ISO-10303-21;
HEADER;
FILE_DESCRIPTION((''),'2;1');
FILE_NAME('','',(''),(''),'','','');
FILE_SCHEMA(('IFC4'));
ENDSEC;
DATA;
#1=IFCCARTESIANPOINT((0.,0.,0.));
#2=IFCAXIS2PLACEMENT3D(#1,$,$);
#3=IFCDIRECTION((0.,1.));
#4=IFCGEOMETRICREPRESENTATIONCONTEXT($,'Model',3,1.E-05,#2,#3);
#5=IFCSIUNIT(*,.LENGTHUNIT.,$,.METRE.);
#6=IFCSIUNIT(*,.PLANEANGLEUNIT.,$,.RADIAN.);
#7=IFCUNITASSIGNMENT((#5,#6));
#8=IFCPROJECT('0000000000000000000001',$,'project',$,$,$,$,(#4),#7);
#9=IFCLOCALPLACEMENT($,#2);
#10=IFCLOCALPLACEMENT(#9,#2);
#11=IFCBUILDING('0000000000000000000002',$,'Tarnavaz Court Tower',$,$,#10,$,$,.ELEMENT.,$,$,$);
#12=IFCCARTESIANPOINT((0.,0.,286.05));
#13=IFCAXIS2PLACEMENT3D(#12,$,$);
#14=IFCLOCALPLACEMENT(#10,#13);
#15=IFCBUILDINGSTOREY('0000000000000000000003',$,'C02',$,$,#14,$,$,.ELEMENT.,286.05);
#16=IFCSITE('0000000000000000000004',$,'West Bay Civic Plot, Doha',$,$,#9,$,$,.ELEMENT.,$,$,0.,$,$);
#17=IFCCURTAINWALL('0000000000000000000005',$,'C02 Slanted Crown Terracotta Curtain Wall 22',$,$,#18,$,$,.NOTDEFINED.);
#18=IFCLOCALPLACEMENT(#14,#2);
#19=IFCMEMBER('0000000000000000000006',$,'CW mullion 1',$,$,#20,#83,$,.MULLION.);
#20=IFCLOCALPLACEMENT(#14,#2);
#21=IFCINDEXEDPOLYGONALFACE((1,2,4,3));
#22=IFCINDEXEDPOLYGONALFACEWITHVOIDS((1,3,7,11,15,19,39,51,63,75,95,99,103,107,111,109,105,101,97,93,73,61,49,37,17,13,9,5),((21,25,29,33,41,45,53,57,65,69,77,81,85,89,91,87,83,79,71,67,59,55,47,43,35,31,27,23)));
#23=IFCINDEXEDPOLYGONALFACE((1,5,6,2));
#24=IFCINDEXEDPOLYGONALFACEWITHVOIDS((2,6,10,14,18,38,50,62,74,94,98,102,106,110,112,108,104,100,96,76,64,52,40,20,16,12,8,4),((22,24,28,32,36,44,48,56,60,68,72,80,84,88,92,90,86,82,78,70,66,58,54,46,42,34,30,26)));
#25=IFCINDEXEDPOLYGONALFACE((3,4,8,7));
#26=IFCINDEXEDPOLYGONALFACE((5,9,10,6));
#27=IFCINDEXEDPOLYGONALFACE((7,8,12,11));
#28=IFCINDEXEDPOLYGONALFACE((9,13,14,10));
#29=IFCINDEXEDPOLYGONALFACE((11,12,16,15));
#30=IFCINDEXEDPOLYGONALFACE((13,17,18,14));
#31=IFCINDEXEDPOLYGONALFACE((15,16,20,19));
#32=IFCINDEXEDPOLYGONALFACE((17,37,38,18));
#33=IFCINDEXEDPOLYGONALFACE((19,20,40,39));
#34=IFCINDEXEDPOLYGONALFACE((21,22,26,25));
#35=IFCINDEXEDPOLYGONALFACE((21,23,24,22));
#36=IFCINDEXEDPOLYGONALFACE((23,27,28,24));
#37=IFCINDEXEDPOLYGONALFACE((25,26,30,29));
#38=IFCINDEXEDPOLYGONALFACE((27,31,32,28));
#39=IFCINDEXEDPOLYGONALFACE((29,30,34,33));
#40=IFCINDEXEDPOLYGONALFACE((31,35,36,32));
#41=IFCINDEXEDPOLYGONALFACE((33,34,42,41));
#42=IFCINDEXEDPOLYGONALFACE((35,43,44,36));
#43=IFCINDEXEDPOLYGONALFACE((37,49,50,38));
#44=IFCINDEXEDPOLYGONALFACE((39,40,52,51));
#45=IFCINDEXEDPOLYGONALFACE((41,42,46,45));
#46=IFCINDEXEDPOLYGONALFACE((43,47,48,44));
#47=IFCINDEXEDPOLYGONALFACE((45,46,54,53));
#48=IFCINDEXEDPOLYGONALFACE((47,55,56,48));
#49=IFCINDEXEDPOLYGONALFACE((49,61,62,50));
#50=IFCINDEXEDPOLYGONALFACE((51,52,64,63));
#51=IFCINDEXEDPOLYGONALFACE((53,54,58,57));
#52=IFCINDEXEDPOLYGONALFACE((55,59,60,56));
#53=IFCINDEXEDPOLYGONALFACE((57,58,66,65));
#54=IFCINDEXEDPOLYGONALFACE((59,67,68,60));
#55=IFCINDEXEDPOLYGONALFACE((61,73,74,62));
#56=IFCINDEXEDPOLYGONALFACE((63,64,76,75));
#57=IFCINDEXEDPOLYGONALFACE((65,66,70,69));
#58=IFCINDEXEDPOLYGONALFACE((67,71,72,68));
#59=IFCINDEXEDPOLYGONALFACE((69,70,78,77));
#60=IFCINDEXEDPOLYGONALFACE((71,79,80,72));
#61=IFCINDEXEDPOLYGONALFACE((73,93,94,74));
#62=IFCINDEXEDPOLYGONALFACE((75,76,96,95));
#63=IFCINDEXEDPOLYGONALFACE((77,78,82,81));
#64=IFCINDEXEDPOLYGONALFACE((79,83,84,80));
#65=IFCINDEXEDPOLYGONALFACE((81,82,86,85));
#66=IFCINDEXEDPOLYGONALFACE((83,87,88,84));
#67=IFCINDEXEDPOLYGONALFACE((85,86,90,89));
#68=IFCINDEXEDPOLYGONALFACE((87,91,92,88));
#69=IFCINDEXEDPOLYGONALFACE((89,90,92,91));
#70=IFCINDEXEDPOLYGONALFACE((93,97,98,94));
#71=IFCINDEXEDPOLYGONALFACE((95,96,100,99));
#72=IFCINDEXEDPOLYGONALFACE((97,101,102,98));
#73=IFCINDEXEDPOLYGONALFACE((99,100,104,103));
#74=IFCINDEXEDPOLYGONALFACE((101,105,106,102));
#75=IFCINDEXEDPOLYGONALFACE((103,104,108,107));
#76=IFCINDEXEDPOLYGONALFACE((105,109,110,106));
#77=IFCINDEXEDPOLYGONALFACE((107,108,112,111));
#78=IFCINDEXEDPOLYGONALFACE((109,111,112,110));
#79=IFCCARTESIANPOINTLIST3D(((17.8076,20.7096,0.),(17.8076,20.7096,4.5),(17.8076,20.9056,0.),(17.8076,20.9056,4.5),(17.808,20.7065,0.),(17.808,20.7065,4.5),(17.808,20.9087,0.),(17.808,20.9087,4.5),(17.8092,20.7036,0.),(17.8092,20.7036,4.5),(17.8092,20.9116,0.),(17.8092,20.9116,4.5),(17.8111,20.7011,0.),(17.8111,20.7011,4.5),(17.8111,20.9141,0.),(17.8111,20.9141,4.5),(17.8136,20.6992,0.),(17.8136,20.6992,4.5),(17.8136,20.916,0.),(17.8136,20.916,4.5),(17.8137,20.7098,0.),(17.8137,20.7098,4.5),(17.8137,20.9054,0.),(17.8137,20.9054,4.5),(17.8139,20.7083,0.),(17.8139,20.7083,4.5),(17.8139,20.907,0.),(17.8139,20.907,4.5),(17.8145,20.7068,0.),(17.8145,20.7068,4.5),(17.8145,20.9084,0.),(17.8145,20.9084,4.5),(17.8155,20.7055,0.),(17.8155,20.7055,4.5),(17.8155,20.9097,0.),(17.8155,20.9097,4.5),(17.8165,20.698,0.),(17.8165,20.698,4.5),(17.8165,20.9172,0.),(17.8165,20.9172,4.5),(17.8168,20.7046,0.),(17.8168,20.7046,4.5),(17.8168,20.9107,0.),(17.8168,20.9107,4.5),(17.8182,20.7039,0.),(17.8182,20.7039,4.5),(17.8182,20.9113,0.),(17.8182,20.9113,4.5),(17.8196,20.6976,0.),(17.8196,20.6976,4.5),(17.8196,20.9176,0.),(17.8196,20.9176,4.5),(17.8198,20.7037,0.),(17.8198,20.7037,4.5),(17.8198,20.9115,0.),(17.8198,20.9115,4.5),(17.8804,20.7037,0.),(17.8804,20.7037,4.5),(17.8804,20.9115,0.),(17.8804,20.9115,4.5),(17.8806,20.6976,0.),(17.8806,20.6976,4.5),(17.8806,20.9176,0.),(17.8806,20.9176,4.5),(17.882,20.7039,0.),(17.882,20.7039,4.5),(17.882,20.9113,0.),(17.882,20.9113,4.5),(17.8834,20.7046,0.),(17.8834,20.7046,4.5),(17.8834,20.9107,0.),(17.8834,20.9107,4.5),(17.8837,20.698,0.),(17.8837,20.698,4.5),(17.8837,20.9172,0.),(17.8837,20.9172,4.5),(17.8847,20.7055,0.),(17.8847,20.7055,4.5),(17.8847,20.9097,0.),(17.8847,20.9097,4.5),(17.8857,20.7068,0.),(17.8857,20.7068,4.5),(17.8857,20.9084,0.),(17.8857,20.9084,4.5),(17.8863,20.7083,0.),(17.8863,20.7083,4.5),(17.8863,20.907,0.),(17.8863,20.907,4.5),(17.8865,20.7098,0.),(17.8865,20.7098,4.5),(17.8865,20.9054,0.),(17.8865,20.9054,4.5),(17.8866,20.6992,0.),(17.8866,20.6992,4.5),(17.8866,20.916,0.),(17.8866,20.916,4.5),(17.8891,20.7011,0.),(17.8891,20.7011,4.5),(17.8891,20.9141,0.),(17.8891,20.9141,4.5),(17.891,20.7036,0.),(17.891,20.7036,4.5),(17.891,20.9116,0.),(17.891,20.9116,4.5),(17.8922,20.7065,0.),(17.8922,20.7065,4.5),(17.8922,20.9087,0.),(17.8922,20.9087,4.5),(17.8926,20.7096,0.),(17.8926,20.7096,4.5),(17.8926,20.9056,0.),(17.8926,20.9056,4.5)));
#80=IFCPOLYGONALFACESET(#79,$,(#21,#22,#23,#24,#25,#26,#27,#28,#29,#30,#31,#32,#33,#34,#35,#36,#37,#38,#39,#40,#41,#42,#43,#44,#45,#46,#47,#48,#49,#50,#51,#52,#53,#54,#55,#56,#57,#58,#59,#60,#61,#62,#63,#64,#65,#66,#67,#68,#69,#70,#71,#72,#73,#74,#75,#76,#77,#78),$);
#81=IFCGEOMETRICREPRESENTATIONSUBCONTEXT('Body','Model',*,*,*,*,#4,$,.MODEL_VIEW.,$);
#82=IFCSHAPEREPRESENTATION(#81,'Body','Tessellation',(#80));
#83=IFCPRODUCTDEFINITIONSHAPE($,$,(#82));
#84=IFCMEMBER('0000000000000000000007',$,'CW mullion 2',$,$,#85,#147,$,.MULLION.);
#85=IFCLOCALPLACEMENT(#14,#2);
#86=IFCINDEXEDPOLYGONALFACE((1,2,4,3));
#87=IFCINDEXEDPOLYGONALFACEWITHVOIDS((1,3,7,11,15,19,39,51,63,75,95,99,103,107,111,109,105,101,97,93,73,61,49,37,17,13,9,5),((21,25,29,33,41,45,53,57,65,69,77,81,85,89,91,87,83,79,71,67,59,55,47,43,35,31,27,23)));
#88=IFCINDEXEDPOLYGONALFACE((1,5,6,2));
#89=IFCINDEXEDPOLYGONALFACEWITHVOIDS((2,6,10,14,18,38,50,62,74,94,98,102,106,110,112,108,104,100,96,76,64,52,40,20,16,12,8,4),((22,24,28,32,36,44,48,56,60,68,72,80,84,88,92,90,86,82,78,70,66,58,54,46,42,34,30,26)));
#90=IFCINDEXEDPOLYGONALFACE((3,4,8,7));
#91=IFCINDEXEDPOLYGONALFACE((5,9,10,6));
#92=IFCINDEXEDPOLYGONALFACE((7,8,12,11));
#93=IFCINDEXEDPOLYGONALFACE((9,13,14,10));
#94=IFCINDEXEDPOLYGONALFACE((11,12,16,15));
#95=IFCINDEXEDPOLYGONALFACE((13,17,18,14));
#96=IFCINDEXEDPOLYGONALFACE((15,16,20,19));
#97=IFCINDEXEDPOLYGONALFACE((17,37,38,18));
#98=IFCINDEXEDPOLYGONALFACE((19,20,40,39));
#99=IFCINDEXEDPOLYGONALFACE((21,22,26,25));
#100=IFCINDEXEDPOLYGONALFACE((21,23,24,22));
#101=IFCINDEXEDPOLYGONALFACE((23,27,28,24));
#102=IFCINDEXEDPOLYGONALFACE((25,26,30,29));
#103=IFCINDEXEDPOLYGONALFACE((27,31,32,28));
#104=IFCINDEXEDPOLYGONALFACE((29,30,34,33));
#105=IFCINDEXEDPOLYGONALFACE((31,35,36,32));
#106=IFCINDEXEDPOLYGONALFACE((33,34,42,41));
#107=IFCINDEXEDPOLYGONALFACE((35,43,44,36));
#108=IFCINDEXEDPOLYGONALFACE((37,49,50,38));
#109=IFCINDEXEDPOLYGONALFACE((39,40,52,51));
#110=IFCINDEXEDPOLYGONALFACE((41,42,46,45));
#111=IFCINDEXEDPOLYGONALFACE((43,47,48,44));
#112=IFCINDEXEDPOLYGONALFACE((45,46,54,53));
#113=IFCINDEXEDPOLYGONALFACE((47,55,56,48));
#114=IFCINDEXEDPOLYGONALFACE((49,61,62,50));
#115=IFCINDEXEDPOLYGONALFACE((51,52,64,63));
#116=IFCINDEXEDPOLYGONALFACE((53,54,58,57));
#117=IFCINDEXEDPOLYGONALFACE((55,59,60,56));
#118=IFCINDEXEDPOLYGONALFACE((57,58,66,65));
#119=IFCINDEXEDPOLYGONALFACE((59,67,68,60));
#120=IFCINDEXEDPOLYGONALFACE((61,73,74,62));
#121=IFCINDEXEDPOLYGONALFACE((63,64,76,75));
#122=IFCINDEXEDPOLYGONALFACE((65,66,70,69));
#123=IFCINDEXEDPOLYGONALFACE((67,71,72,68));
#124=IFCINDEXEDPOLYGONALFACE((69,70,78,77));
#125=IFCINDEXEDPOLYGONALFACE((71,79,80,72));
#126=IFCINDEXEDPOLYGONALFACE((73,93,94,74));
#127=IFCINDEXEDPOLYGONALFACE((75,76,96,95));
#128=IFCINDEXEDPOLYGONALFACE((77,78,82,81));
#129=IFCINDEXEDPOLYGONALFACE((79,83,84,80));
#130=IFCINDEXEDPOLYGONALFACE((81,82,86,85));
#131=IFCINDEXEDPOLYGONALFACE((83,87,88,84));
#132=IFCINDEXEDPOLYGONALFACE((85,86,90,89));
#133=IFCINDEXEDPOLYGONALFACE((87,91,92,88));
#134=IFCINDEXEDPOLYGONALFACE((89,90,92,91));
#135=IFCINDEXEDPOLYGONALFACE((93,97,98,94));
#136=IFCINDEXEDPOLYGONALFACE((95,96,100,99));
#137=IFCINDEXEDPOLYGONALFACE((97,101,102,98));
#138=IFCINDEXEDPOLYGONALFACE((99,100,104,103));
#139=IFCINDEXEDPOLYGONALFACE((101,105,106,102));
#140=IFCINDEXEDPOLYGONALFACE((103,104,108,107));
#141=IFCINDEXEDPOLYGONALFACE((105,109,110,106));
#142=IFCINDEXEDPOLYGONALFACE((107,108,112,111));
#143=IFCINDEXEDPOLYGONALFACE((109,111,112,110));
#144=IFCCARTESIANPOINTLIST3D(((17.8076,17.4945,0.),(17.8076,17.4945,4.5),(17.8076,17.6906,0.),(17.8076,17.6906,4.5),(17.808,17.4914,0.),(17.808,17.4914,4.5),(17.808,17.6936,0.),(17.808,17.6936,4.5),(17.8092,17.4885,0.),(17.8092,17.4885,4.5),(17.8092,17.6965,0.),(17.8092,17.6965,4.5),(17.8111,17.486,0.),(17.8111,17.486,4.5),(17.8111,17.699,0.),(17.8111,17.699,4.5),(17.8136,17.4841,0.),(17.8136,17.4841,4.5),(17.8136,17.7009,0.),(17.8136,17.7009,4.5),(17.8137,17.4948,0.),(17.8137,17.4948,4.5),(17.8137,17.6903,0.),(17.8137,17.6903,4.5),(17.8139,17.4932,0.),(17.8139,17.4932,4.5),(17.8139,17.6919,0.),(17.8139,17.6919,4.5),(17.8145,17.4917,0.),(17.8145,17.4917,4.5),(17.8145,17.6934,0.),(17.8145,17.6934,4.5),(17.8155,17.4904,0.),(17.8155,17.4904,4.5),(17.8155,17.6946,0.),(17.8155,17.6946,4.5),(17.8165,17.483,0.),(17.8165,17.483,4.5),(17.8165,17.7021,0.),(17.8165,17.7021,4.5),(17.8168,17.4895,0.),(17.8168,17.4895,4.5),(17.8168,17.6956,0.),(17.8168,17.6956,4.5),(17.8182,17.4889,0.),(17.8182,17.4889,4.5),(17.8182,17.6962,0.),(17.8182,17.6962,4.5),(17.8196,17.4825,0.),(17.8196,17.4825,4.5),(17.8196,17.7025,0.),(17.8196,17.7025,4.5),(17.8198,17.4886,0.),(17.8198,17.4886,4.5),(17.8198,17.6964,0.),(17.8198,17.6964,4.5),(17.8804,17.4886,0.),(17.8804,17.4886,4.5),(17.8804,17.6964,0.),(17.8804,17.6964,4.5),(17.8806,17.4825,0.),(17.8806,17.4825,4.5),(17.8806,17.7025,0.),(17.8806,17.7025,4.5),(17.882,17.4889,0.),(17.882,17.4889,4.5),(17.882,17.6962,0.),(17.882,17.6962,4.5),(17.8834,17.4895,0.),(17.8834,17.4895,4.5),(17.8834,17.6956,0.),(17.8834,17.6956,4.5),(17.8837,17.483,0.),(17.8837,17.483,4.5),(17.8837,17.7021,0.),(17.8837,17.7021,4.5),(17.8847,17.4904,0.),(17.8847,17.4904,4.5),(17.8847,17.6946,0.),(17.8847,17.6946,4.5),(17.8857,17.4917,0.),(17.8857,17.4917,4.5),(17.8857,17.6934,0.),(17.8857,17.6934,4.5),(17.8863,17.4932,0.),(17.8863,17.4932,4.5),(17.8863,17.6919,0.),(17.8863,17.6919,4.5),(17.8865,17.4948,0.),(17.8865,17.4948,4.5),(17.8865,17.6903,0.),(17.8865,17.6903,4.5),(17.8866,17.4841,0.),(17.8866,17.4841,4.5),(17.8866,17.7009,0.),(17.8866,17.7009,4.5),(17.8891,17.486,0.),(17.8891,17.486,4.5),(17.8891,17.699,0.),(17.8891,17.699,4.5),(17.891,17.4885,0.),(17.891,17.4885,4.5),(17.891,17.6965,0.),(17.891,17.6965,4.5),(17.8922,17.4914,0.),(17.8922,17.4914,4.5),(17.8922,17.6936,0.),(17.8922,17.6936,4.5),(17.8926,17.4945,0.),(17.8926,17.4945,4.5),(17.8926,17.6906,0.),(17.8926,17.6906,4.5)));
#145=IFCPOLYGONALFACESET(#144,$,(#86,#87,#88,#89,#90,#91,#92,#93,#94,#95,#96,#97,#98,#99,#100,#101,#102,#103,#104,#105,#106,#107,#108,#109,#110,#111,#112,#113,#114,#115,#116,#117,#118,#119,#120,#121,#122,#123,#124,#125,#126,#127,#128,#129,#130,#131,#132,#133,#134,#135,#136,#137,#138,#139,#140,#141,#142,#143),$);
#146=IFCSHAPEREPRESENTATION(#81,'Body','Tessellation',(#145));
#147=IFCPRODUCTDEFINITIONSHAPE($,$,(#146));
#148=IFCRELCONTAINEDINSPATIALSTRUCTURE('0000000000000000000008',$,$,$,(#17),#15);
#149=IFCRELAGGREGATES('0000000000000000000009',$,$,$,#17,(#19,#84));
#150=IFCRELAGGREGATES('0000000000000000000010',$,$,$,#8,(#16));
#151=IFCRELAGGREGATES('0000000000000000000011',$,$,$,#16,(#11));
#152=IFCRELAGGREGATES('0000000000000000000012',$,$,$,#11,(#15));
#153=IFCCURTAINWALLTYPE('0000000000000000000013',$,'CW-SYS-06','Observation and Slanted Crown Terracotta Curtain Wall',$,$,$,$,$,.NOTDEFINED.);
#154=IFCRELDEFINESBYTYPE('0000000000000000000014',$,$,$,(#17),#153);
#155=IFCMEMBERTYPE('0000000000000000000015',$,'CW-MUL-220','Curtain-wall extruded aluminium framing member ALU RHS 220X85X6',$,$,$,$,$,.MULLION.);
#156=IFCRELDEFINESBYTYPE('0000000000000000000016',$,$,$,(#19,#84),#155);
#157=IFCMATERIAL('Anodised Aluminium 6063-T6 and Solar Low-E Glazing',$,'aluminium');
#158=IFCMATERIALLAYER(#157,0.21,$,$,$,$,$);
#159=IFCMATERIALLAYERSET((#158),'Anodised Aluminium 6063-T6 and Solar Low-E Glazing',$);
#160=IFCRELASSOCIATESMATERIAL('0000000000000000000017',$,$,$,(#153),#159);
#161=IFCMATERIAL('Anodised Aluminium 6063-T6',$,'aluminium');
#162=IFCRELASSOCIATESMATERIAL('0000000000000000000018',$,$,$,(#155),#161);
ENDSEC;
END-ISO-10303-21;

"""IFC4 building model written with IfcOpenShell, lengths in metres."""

from ifc_helpers import new_model, si_unit, direction, frame, origin, origin_2d, place, context, subcontext, project, spatial, hollow_rectangle, extrude, material, layer, layer_set, material_profile, profile_set, type_object, element, aggregate, save


model = new_model("IFC4")

# Units and contexts
model_context = context("Model", 3, precision=1e-05, world=origin(), true_north=direction((0.0, 1.0)))
body_context = subcontext(model_context, "Body", "Model", "MODEL_VIEW")
ifc_project = project(units=[si_unit("LENGTHUNIT", "METRE"), si_unit("PLANEANGLEUNIT", "RADIAN")], contexts=[model_context])

# Site, building, storey
site_placement = place(None, origin())
site = spatial("IfcSite", under=ifc_project, at=site_placement, Name="West Bay Civic Plot, Doha", CompositionType="ELEMENT", RefElevation=0.0)
building_placement = place(site_placement, origin())
building = spatial("IfcBuilding", under=site, at=building_placement, Name="Tarnavaz Court Tower", CompositionType="ELEMENT")
storey_placement = place(building_placement, frame((0.0, 0.0, 286.05)))
storey = spatial("IfcBuildingStorey", under=building, at=storey_placement, Name="C02", CompositionType="ELEMENT", Elevation=286.05)

# Shared definitions
ifc_material_1 = material(Name="Anodised Aluminium 6063-T6 and Solar Low-E Glazing", Category="aluminium")
ifc_layer_1 = layer(ifc_material_1, 0.21)
ifc_layer_set_1 = layer_set([ifc_layer_1], Name="Anodised Aluminium 6063-T6 and Solar Low-E Glazing")
curtain_wall_type = type_object("IfcCurtainWallType", Name="CW-SYS-06", Description="Observation and Slanted Crown Terracotta Curtain Wall", PredefinedType="NOTDEFINED", material=ifc_layer_set_1)
ifc_material_2 = material(Name="Anodised Aluminium 6063-T6", Category="aluminium")
ifc_material_profile_1 = material_profile(ifc_material_2, hollow_rectangle(XDim=0.085, YDim=0.22, WallThickness=0.0061, InnerFilletRadius=0.0061, OuterFilletRadius=0.012, at=origin_2d()), Name="ALU RHS 220X85X6")
ifc_profile_set_1 = profile_set([ifc_material_profile_1], Name="Anodised Aluminium 6063-T6")
member_type_1 = type_object("IfcMemberType", Name="CW-MUL-220", Description="Curtain-wall extruded aluminium framing member ALU RHS 220X85X6", PredefinedType="MULLION", material=ifc_profile_set_1)

# Curtain wall, members
curtain_wall_1_placement = place(storey_placement, origin())
curtain_wall_1 = element("IfcCurtainWall", 1, at=curtain_wall_1_placement, inside=storey, type_object=curtain_wall_type, Name="C02 Slanted Crown Terracotta Curtain Wall 22", PredefinedType="NOTDEFINED")
member_1_placement = place(storey_placement, frame((17.8501, 20.8076, 0.0), z_axis=(0.0, 0.0, 1.0), x_axis=(1.0, 0.0, 0.0)))
member_1 = element("IfcMember", 2, at=member_1_placement, type_object=member_type_1, Name="CW mullion 1", PredefinedType="MULLION", context=body_context, shape_type="SweptSolid", body=[
    extrude(hollow_rectangle(XDim=0.085, YDim=0.22, WallThickness=0.0061, InnerFilletRadius=0.0061, OuterFilletRadius=0.012, at=origin_2d()), origin(), (0.0, 0.0, 1.0), 4.5),
])
member_2_placement = place(storey_placement, frame((17.8501, 17.5925, 0.0), z_axis=(0.0, 0.0, 1.0), x_axis=(1.0, 0.0, 0.0)))
member_2 = element("IfcMember", 3, at=member_2_placement, type_object=member_type_1, Name="CW mullion 2", PredefinedType="MULLION", context=body_context, shape_type="SweptSolid", body=[
    extrude(hollow_rectangle(XDim=0.085, YDim=0.22, WallThickness=0.0061, InnerFilletRadius=0.0061, OuterFilletRadius=0.012, at=origin_2d()), origin(), (0.0, 0.0, 1.0), 4.5),
])

aggregate(curtain_wall_1, [member_1, member_2])

save(model, "model.ifc")
